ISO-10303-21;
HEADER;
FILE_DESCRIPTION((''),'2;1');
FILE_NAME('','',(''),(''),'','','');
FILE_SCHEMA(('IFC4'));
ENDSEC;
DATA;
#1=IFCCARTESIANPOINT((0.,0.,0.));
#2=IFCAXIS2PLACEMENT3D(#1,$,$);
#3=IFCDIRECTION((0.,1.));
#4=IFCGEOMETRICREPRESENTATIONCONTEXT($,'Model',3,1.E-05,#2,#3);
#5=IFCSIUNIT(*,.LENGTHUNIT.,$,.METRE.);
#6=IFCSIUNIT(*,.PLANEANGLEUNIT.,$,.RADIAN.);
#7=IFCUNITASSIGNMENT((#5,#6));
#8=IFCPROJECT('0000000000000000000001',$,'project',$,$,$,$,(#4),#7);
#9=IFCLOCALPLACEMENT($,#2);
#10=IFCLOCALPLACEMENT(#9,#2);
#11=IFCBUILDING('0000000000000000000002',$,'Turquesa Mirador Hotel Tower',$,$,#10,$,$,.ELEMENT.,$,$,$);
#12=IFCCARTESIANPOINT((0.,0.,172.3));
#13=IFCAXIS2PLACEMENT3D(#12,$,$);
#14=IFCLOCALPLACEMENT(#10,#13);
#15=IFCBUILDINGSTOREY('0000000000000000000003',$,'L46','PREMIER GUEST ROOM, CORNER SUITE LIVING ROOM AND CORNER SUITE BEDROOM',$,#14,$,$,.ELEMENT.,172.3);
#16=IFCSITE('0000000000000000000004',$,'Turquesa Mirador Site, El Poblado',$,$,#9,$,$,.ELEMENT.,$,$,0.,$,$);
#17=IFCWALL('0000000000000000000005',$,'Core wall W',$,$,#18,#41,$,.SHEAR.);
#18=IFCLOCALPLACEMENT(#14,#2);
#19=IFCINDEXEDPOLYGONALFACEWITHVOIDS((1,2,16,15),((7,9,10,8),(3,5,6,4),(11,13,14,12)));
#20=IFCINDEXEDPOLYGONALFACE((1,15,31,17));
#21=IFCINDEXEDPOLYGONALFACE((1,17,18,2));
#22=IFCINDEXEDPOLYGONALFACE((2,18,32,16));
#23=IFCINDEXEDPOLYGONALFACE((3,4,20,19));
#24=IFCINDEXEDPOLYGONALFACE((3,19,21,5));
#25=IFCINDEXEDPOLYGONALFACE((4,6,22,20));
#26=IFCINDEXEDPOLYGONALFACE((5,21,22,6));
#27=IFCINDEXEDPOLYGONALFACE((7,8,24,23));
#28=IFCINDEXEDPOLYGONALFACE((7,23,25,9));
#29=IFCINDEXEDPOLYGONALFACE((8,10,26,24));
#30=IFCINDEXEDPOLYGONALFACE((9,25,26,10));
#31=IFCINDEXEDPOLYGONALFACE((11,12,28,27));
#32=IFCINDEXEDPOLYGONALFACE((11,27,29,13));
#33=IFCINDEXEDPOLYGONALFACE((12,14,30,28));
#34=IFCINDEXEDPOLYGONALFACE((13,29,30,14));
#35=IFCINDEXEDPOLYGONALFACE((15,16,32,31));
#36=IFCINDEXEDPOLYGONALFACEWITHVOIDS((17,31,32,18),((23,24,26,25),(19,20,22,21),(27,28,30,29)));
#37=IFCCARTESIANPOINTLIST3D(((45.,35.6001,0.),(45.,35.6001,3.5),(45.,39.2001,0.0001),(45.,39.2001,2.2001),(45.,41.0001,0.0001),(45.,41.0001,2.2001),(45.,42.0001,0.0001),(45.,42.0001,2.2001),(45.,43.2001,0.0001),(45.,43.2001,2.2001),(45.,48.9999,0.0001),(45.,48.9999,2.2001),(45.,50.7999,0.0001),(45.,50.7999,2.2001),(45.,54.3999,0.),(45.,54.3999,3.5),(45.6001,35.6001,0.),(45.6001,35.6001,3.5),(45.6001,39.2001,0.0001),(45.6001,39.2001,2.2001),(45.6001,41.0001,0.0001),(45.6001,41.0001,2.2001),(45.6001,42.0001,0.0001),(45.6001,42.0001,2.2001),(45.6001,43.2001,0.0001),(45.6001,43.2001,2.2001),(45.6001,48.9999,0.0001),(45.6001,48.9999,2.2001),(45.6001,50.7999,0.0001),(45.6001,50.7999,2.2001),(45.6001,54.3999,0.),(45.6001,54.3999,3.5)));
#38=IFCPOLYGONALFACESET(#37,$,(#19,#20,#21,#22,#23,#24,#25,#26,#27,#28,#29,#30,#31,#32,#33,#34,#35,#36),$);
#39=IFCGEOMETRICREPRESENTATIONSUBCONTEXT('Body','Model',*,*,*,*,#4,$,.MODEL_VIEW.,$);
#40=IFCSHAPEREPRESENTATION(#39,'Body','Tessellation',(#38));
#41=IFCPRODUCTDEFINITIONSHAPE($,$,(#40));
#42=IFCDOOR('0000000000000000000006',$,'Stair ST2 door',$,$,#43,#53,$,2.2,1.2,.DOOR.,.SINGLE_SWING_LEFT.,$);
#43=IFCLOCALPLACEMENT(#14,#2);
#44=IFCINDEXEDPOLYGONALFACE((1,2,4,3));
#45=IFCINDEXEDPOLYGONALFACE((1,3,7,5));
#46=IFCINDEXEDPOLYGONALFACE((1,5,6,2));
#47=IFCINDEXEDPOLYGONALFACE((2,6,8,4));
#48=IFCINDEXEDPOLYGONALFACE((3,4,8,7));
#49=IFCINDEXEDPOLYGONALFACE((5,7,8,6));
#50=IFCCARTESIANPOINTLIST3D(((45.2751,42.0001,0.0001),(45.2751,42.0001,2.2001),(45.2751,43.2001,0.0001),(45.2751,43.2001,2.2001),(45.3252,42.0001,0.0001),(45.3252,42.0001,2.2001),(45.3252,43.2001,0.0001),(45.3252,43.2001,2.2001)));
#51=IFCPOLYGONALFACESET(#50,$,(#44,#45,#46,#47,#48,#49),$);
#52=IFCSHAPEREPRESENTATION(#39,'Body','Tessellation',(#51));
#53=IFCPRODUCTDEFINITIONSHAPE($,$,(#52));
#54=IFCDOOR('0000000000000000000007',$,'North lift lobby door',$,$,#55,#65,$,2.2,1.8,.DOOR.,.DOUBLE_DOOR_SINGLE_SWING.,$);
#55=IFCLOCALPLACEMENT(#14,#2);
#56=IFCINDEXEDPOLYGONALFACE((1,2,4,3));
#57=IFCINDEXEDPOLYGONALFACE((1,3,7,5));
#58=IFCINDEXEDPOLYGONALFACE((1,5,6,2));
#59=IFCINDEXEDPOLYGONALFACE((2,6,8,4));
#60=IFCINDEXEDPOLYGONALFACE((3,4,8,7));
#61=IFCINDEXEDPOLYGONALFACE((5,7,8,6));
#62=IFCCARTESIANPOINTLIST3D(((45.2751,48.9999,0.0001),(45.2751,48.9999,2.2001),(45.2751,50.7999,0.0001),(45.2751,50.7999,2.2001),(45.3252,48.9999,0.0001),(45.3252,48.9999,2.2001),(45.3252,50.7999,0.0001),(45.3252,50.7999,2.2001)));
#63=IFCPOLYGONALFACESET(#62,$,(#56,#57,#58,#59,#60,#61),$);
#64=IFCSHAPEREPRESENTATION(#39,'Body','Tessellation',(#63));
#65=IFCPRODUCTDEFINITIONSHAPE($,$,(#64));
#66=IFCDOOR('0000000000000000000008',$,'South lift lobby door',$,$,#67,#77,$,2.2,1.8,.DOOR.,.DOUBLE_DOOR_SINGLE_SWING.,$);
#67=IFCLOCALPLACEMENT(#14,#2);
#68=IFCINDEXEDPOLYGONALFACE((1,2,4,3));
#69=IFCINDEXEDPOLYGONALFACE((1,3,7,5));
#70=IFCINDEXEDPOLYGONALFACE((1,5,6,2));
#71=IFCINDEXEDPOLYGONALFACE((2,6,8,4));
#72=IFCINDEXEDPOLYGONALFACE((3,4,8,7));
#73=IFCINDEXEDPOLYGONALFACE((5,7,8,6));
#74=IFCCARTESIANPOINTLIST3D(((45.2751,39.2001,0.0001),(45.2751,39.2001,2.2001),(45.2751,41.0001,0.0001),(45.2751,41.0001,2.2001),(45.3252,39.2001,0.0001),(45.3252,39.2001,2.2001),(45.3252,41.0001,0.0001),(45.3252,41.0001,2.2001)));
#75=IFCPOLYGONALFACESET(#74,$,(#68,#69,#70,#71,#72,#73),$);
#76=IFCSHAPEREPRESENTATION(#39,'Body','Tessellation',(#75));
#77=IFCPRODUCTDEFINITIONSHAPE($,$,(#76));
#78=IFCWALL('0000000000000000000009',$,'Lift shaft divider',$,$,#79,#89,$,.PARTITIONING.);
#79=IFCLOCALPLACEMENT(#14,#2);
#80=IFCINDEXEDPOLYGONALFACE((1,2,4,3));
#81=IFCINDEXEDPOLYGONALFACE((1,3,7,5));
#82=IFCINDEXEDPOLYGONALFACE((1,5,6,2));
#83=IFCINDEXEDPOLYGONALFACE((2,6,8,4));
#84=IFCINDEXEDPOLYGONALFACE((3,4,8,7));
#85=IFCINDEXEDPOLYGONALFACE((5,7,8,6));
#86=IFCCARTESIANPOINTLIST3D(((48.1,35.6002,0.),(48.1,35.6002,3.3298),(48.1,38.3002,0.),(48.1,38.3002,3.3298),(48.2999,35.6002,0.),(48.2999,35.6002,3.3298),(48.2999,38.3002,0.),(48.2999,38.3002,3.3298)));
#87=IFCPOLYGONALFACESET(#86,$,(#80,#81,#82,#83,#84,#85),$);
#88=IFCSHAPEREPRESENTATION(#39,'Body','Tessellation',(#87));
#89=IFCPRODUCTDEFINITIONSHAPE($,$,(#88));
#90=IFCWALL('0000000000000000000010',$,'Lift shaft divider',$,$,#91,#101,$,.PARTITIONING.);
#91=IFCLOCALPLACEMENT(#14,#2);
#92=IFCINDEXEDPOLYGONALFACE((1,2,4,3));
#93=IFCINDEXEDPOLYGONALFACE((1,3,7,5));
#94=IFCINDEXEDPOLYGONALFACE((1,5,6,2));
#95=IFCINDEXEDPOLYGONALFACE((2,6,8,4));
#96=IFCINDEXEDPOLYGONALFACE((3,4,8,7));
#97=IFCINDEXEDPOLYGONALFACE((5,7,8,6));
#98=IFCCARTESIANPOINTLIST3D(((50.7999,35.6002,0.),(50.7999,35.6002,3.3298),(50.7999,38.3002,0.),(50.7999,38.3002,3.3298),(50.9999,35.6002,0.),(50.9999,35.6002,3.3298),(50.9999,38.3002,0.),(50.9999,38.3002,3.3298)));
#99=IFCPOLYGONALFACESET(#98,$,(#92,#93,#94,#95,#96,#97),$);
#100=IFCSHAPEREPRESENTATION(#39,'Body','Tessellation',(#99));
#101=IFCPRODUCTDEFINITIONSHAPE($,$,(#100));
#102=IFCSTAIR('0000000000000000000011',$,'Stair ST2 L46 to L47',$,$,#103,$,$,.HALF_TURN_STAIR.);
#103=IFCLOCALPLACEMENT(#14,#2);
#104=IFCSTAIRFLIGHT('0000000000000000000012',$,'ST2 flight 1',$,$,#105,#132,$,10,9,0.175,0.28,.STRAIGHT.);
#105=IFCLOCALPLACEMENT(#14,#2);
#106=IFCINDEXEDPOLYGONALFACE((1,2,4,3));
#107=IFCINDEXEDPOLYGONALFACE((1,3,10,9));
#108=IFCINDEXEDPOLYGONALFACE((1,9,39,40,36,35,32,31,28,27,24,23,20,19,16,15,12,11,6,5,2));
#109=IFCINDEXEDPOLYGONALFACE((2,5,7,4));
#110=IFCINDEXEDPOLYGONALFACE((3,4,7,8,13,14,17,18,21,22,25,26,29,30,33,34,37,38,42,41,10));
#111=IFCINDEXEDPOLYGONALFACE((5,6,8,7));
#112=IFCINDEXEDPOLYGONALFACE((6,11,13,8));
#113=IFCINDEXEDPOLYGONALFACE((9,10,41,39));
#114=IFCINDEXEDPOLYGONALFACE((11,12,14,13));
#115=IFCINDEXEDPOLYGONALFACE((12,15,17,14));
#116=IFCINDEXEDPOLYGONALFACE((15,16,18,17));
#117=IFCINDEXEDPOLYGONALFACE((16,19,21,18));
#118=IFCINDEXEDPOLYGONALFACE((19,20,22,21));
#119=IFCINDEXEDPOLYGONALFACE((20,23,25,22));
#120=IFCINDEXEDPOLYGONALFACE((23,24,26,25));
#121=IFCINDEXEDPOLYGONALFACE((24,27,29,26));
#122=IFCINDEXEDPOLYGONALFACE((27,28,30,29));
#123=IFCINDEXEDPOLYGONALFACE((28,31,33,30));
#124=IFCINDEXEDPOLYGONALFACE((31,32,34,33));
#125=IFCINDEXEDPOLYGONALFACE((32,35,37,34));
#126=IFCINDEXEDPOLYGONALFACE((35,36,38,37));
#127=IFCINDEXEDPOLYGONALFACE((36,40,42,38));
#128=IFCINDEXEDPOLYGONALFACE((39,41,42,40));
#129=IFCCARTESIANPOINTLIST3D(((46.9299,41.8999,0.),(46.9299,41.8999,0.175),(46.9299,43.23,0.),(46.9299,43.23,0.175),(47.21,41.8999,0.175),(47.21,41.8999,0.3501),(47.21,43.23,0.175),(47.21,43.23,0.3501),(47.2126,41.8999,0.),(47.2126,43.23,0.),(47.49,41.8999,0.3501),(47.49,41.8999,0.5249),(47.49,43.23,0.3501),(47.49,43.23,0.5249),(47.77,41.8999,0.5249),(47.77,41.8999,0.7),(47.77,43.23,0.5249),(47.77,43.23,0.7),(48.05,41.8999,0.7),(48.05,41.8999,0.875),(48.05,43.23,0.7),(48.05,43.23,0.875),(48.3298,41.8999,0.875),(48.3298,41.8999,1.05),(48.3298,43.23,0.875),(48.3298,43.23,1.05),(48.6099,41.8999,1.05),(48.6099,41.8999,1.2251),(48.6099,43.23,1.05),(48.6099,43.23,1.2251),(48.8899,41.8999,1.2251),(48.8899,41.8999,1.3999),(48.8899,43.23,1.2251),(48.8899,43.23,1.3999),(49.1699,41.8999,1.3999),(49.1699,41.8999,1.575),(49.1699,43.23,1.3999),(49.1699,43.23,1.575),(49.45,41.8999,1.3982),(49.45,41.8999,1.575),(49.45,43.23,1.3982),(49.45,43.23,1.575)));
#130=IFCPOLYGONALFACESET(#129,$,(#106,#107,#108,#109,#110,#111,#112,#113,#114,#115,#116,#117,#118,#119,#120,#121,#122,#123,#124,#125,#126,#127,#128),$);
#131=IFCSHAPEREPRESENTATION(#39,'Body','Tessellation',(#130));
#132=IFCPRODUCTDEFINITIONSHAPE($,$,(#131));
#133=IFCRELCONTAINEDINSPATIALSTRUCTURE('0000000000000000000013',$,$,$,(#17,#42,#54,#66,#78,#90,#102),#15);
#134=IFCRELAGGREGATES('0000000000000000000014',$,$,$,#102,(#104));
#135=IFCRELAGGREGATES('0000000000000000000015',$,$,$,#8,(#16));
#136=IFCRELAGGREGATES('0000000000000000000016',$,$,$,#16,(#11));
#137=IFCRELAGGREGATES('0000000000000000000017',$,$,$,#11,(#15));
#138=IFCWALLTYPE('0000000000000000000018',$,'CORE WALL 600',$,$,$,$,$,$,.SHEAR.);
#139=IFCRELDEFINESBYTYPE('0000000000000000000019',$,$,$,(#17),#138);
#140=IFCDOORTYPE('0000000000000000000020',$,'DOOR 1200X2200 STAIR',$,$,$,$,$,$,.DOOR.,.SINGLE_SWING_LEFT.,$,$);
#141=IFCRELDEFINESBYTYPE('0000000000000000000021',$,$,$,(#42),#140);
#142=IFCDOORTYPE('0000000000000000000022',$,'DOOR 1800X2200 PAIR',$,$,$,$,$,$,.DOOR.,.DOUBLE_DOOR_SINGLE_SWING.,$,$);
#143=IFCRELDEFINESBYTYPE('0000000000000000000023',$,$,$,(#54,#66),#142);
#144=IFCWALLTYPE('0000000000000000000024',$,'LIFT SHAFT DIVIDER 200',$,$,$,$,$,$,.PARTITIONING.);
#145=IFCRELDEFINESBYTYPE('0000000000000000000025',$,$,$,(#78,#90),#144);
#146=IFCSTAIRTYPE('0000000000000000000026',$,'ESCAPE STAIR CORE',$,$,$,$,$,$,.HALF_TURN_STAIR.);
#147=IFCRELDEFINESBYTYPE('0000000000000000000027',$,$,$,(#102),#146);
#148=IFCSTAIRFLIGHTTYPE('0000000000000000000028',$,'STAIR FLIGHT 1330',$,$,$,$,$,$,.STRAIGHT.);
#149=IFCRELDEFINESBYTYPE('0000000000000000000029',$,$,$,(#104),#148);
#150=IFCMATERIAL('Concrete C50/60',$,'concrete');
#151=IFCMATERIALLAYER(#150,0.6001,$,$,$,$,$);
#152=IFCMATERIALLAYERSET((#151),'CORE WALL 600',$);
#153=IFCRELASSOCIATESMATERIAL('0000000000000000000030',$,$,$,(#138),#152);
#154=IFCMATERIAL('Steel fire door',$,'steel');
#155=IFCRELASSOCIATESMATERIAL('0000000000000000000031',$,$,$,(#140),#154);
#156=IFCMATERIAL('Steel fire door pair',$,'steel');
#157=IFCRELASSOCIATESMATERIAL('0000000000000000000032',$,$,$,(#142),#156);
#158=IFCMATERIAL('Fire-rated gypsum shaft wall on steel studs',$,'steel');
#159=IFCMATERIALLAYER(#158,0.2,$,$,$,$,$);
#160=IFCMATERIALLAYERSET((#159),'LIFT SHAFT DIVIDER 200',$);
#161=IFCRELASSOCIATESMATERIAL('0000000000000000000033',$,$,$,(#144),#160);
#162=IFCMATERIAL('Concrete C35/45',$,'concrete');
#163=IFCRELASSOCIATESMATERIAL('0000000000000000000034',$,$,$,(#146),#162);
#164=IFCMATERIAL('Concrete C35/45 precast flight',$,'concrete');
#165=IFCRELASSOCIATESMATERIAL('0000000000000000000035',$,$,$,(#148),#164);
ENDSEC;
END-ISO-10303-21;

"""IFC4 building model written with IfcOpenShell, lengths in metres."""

from ifc_helpers import new_model, si_unit, direction, frame, frame_2d, origin, place, context, subcontext, project, spatial, polyline, rectangle, outline, extrude, material, layer, layer_set, type_object, element, fill, aggregate, save


model = new_model("IFC4")

# Units and contexts
model_context = context("Model", 3, precision=1e-05, world=origin(), true_north=direction((0.0, 1.0)))
body_context = subcontext(model_context, "Body", "Model", "MODEL_VIEW")
ifc_project = project(units=[si_unit("LENGTHUNIT", "METRE"), si_unit("PLANEANGLEUNIT", "RADIAN")], contexts=[model_context])

# Site, building, storey
site_placement = place(None, origin())
site = spatial("IfcSite", under=ifc_project, at=site_placement, Name="Turquesa Mirador Site, El Poblado", CompositionType="ELEMENT", RefElevation=0.0)
building_placement = place(site_placement, origin())
building = spatial("IfcBuilding", under=site, at=building_placement, Name="Turquesa Mirador Hotel Tower", CompositionType="ELEMENT")
storey_placement = place(building_placement, frame((0.0, 0.0, 172.3)))
storey = spatial("IfcBuildingStorey", under=building, at=storey_placement, Name="L46", Description="PREMIER GUEST ROOM, CORNER SUITE LIVING ROOM AND CORNER SUITE BEDROOM", CompositionType="ELEMENT", Elevation=172.3)

# Shared definitions
ifc_material_1 = material(Name="Concrete C50/60", Category="concrete")
ifc_layer_1 = layer(ifc_material_1, 0.6001)
ifc_layer_set_1 = layer_set([ifc_layer_1], Name="CORE WALL 600")
wall_type_1 = type_object("IfcWallType", Name="CORE WALL 600", PredefinedType="SHEAR", material=ifc_layer_set_1)

# Wall, openings, doors
wall_1_placement = place(storey_placement, frame((45.3, 35.6001, 0.0), z_axis=(0.0, 0.0, 1.0), x_axis=(0.0, 1.0, 0.0)))
wall_1 = element("IfcWall", 1, at=wall_1_placement, inside=storey, type_object=wall_type_1, Name="Core wall W", PredefinedType="SHEAR", context=body_context, shape_type="SweptSolid", body=[
    extrude(rectangle(XDim=18.7998, YDim=0.6001, at=frame_2d((9.3999, 0.0))), origin(), (0.0, 0.0, 1.0), 3.5),
])
opening_1_placement = place(wall_1_placement, frame((13.3999, 0.0, 0.0)))
opening_1 = element("IfcOpeningElement", 2, at=opening_1_placement, cuts=wall_1, PredefinedType="OPENING", context=body_context, shape_type="SweptSolid", body=[
    extrude(rectangle(XDim=1.8, YDim=2.2, at=frame_2d((0.8999, 1.1001))), frame((0.0, 0.3101, 0.0), z_axis=(0.0, -1.0, 0.0), x_axis=(1.0, 0.0, 0.0)), (0.0, 0.0, 1.0), 0.6201),
])
opening_2_placement = place(wall_1_placement, frame((3.6001, 0.0, 0.0)))
opening_2 = element("IfcOpeningElement", 3, at=opening_2_placement, cuts=wall_1, PredefinedType="OPENING", context=body_context, shape_type="SweptSolid", body=[
    extrude(rectangle(XDim=1.8, YDim=2.2, at=frame_2d((0.8999, 1.1001))), frame((0.0, 0.3101, 0.0), z_axis=(0.0, -1.0, 0.0), x_axis=(1.0, 0.0, 0.0)), (0.0, 0.0, 1.0), 0.6201),
])
opening_3_placement = place(wall_1_placement, frame((6.3999, 0.0, 0.0)))
opening_3 = element("IfcOpeningElement", 4, at=opening_3_placement, cuts=wall_1, PredefinedType="OPENING", context=body_context, shape_type="SweptSolid", body=[
    extrude(rectangle(XDim=1.2, YDim=2.2, at=frame_2d((0.6001, 1.1001))), frame((0.0, 0.3101, 0.0), z_axis=(0.0, -1.0, 0.0), x_axis=(1.0, 0.0, 0.0)), (0.0, 0.0, 1.0), 0.6201),
])
ifc_material_2 = material(Name="Steel fire door", Category="steel")
door_type_1 = type_object("IfcDoorType", Name="DOOR 1200X2200 STAIR", OperationType="SINGLE_SWING_LEFT", PredefinedType="DOOR", material=ifc_material_2)
door_1_placement = place(opening_3_placement, origin())
door_1 = element("IfcDoor", 5, at=door_1_placement, inside=storey, type_object=door_type_1, Name="Stair ST2 door", OperationType="SINGLE_SWING_LEFT", OverallHeight=2.2, OverallWidth=1.2, PredefinedType="DOOR", context=body_context, shape_type="SweptSolid", body=[
    extrude(rectangle(XDim=1.2, YDim=2.2, at=frame_2d((0.6001, 1.1001))), frame((0.0, 0.0249, 0.0), z_axis=(0.0, -1.0, 0.0), x_axis=(1.0, 0.0, 0.0)), (0.0, 0.0, 1.0), 0.05),
])
fill(opening_3, door_1)
ifc_material_3 = material(Name="Steel fire door pair", Category="steel")
door_type_2 = type_object("IfcDoorType", Name="DOOR 1800X2200 PAIR", OperationType="DOUBLE_DOOR_SINGLE_SWING", PredefinedType="DOOR", material=ifc_material_3)
door_2_placement = place(opening_1_placement, origin())
door_2 = element("IfcDoor", 6, at=door_2_placement, inside=storey, type_object=door_type_2, Name="North lift lobby door", OperationType="DOUBLE_DOOR_SINGLE_SWING", OverallHeight=2.2, OverallWidth=1.8, PredefinedType="DOOR", context=body_context, shape_type="SweptSolid", body=[
    extrude(rectangle(XDim=1.8, YDim=2.2, at=frame_2d((0.8999, 1.1001))), frame((0.0, 0.0249, 0.0), z_axis=(0.0, -1.0, 0.0), x_axis=(1.0, 0.0, 0.0)), (0.0, 0.0, 1.0), 0.05),
])
fill(opening_1, door_2)
door_3_placement = place(opening_2_placement, origin())
door_3 = element("IfcDoor", 7, at=door_3_placement, inside=storey, type_object=door_type_2, Name="South lift lobby door", OperationType="DOUBLE_DOOR_SINGLE_SWING", OverallHeight=2.2, OverallWidth=1.8, PredefinedType="DOOR", context=body_context, shape_type="SweptSolid", body=[
    extrude(rectangle(XDim=1.8, YDim=2.2, at=frame_2d((0.8999, 1.1001))), frame((0.0, 0.0249, 0.0), z_axis=(0.0, -1.0, 0.0), x_axis=(1.0, 0.0, 0.0)), (0.0, 0.0, 1.0), 0.05),
])
fill(opening_2, door_3)

# Walls
ifc_material_4 = material(Name="Fire-rated gypsum shaft wall on steel studs", Category="steel")
ifc_layer_2 = layer(ifc_material_4, 0.2)
ifc_layer_set_2 = layer_set([ifc_layer_2], Name="LIFT SHAFT DIVIDER 200")
wall_type_2 = type_object("IfcWallType", Name="LIFT SHAFT DIVIDER 200", PredefinedType="PARTITIONING", material=ifc_layer_set_2)
for number, where, z_axis, x_axis, name in (
    (8, (48.2, 35.6001, 0.0), (0.0, 0.0, 1.0), (0.0, 1.0, 0.0), "Lift shaft divider"),
    (9, (50.8999, 35.6001, 0.0), (0.0, 0.0, 1.0), (0.0, 1.0, 0.0), "Lift shaft divider"),
):
    element("IfcWall", number, at=place(storey_placement, frame(where, z_axis=z_axis, x_axis=x_axis)), inside=storey, type_object=wall_type_2, Name=name, PredefinedType="PARTITIONING", context=body_context, shape_type="SweptSolid", body=[
        extrude(rectangle(XDim=2.7, YDim=0.2, at=frame_2d((1.3501, 0.0))), origin(), (0.0, 0.0, 1.0), 3.3298),
    ])

# Stair, stair flight
ifc_material_5 = material(Name="Concrete C35/45", Category="concrete")
stair_type = type_object("IfcStairType", Name="ESCAPE STAIR CORE", PredefinedType="HALF_TURN_STAIR", material=ifc_material_5)
stair_placement = place(storey_placement, origin())
stair = element("IfcStair", 10, at=stair_placement, inside=storey, type_object=stair_type, Name="Stair ST2 L46 to L47", PredefinedType="HALF_TURN_STAIR")
ifc_material_6 = material(Name="Concrete C35/45 precast flight", Category="concrete")
stair_flight_type = type_object("IfcStairFlightType", Name="STAIR FLIGHT 1330", PredefinedType="STRAIGHT", material=ifc_material_6)
stair_flight_placement = place(storey_placement, frame((46.9299, 42.5649, 0.0), z_axis=(0.0, 0.0, 1.0), x_axis=(1.0, 0.0, 0.0)))
stair_flight = element("IfcStairFlight", 11, at=stair_flight_placement, type_object=stair_flight_type, Name="ST2 flight 1", NumberOfRisers=10, NumberOfTreads=9, PredefinedType="STRAIGHT", RiserHeight=0.175, TreadLength=0.28, context=body_context, shape_type="SweptSolid", body=[
    extrude(outline(polyline([(0.0, 0.0), (0.0, 0.175), (0.28, 0.175), (0.28, 0.3501), (0.5601, 0.3501), (0.5601, 0.5249), (0.8401, 0.5249), (0.8401, 0.7), (1.1201, 0.7), (1.1201, 0.875), (1.3999, 0.875), (1.3999, 1.05), (1.6799, 1.05), (1.6799, 1.2251), (1.96, 1.2251), (1.96, 1.3999), (2.24, 1.3999), (2.24, 1.575), (2.52, 1.575), (2.52, 1.75), (2.52, 1.3982), (0.2827, 0.0), (0.0, 0.0)])), frame((0.0, 0.665, 0.0), z_axis=(0.0, -1.0, 0.0), x_axis=(1.0, 0.0, 0.0)), (0.0, 0.0, 1.0), 1.3301),
])
aggregate(stair, [stair_flight])

save(model, "model.ifc")
